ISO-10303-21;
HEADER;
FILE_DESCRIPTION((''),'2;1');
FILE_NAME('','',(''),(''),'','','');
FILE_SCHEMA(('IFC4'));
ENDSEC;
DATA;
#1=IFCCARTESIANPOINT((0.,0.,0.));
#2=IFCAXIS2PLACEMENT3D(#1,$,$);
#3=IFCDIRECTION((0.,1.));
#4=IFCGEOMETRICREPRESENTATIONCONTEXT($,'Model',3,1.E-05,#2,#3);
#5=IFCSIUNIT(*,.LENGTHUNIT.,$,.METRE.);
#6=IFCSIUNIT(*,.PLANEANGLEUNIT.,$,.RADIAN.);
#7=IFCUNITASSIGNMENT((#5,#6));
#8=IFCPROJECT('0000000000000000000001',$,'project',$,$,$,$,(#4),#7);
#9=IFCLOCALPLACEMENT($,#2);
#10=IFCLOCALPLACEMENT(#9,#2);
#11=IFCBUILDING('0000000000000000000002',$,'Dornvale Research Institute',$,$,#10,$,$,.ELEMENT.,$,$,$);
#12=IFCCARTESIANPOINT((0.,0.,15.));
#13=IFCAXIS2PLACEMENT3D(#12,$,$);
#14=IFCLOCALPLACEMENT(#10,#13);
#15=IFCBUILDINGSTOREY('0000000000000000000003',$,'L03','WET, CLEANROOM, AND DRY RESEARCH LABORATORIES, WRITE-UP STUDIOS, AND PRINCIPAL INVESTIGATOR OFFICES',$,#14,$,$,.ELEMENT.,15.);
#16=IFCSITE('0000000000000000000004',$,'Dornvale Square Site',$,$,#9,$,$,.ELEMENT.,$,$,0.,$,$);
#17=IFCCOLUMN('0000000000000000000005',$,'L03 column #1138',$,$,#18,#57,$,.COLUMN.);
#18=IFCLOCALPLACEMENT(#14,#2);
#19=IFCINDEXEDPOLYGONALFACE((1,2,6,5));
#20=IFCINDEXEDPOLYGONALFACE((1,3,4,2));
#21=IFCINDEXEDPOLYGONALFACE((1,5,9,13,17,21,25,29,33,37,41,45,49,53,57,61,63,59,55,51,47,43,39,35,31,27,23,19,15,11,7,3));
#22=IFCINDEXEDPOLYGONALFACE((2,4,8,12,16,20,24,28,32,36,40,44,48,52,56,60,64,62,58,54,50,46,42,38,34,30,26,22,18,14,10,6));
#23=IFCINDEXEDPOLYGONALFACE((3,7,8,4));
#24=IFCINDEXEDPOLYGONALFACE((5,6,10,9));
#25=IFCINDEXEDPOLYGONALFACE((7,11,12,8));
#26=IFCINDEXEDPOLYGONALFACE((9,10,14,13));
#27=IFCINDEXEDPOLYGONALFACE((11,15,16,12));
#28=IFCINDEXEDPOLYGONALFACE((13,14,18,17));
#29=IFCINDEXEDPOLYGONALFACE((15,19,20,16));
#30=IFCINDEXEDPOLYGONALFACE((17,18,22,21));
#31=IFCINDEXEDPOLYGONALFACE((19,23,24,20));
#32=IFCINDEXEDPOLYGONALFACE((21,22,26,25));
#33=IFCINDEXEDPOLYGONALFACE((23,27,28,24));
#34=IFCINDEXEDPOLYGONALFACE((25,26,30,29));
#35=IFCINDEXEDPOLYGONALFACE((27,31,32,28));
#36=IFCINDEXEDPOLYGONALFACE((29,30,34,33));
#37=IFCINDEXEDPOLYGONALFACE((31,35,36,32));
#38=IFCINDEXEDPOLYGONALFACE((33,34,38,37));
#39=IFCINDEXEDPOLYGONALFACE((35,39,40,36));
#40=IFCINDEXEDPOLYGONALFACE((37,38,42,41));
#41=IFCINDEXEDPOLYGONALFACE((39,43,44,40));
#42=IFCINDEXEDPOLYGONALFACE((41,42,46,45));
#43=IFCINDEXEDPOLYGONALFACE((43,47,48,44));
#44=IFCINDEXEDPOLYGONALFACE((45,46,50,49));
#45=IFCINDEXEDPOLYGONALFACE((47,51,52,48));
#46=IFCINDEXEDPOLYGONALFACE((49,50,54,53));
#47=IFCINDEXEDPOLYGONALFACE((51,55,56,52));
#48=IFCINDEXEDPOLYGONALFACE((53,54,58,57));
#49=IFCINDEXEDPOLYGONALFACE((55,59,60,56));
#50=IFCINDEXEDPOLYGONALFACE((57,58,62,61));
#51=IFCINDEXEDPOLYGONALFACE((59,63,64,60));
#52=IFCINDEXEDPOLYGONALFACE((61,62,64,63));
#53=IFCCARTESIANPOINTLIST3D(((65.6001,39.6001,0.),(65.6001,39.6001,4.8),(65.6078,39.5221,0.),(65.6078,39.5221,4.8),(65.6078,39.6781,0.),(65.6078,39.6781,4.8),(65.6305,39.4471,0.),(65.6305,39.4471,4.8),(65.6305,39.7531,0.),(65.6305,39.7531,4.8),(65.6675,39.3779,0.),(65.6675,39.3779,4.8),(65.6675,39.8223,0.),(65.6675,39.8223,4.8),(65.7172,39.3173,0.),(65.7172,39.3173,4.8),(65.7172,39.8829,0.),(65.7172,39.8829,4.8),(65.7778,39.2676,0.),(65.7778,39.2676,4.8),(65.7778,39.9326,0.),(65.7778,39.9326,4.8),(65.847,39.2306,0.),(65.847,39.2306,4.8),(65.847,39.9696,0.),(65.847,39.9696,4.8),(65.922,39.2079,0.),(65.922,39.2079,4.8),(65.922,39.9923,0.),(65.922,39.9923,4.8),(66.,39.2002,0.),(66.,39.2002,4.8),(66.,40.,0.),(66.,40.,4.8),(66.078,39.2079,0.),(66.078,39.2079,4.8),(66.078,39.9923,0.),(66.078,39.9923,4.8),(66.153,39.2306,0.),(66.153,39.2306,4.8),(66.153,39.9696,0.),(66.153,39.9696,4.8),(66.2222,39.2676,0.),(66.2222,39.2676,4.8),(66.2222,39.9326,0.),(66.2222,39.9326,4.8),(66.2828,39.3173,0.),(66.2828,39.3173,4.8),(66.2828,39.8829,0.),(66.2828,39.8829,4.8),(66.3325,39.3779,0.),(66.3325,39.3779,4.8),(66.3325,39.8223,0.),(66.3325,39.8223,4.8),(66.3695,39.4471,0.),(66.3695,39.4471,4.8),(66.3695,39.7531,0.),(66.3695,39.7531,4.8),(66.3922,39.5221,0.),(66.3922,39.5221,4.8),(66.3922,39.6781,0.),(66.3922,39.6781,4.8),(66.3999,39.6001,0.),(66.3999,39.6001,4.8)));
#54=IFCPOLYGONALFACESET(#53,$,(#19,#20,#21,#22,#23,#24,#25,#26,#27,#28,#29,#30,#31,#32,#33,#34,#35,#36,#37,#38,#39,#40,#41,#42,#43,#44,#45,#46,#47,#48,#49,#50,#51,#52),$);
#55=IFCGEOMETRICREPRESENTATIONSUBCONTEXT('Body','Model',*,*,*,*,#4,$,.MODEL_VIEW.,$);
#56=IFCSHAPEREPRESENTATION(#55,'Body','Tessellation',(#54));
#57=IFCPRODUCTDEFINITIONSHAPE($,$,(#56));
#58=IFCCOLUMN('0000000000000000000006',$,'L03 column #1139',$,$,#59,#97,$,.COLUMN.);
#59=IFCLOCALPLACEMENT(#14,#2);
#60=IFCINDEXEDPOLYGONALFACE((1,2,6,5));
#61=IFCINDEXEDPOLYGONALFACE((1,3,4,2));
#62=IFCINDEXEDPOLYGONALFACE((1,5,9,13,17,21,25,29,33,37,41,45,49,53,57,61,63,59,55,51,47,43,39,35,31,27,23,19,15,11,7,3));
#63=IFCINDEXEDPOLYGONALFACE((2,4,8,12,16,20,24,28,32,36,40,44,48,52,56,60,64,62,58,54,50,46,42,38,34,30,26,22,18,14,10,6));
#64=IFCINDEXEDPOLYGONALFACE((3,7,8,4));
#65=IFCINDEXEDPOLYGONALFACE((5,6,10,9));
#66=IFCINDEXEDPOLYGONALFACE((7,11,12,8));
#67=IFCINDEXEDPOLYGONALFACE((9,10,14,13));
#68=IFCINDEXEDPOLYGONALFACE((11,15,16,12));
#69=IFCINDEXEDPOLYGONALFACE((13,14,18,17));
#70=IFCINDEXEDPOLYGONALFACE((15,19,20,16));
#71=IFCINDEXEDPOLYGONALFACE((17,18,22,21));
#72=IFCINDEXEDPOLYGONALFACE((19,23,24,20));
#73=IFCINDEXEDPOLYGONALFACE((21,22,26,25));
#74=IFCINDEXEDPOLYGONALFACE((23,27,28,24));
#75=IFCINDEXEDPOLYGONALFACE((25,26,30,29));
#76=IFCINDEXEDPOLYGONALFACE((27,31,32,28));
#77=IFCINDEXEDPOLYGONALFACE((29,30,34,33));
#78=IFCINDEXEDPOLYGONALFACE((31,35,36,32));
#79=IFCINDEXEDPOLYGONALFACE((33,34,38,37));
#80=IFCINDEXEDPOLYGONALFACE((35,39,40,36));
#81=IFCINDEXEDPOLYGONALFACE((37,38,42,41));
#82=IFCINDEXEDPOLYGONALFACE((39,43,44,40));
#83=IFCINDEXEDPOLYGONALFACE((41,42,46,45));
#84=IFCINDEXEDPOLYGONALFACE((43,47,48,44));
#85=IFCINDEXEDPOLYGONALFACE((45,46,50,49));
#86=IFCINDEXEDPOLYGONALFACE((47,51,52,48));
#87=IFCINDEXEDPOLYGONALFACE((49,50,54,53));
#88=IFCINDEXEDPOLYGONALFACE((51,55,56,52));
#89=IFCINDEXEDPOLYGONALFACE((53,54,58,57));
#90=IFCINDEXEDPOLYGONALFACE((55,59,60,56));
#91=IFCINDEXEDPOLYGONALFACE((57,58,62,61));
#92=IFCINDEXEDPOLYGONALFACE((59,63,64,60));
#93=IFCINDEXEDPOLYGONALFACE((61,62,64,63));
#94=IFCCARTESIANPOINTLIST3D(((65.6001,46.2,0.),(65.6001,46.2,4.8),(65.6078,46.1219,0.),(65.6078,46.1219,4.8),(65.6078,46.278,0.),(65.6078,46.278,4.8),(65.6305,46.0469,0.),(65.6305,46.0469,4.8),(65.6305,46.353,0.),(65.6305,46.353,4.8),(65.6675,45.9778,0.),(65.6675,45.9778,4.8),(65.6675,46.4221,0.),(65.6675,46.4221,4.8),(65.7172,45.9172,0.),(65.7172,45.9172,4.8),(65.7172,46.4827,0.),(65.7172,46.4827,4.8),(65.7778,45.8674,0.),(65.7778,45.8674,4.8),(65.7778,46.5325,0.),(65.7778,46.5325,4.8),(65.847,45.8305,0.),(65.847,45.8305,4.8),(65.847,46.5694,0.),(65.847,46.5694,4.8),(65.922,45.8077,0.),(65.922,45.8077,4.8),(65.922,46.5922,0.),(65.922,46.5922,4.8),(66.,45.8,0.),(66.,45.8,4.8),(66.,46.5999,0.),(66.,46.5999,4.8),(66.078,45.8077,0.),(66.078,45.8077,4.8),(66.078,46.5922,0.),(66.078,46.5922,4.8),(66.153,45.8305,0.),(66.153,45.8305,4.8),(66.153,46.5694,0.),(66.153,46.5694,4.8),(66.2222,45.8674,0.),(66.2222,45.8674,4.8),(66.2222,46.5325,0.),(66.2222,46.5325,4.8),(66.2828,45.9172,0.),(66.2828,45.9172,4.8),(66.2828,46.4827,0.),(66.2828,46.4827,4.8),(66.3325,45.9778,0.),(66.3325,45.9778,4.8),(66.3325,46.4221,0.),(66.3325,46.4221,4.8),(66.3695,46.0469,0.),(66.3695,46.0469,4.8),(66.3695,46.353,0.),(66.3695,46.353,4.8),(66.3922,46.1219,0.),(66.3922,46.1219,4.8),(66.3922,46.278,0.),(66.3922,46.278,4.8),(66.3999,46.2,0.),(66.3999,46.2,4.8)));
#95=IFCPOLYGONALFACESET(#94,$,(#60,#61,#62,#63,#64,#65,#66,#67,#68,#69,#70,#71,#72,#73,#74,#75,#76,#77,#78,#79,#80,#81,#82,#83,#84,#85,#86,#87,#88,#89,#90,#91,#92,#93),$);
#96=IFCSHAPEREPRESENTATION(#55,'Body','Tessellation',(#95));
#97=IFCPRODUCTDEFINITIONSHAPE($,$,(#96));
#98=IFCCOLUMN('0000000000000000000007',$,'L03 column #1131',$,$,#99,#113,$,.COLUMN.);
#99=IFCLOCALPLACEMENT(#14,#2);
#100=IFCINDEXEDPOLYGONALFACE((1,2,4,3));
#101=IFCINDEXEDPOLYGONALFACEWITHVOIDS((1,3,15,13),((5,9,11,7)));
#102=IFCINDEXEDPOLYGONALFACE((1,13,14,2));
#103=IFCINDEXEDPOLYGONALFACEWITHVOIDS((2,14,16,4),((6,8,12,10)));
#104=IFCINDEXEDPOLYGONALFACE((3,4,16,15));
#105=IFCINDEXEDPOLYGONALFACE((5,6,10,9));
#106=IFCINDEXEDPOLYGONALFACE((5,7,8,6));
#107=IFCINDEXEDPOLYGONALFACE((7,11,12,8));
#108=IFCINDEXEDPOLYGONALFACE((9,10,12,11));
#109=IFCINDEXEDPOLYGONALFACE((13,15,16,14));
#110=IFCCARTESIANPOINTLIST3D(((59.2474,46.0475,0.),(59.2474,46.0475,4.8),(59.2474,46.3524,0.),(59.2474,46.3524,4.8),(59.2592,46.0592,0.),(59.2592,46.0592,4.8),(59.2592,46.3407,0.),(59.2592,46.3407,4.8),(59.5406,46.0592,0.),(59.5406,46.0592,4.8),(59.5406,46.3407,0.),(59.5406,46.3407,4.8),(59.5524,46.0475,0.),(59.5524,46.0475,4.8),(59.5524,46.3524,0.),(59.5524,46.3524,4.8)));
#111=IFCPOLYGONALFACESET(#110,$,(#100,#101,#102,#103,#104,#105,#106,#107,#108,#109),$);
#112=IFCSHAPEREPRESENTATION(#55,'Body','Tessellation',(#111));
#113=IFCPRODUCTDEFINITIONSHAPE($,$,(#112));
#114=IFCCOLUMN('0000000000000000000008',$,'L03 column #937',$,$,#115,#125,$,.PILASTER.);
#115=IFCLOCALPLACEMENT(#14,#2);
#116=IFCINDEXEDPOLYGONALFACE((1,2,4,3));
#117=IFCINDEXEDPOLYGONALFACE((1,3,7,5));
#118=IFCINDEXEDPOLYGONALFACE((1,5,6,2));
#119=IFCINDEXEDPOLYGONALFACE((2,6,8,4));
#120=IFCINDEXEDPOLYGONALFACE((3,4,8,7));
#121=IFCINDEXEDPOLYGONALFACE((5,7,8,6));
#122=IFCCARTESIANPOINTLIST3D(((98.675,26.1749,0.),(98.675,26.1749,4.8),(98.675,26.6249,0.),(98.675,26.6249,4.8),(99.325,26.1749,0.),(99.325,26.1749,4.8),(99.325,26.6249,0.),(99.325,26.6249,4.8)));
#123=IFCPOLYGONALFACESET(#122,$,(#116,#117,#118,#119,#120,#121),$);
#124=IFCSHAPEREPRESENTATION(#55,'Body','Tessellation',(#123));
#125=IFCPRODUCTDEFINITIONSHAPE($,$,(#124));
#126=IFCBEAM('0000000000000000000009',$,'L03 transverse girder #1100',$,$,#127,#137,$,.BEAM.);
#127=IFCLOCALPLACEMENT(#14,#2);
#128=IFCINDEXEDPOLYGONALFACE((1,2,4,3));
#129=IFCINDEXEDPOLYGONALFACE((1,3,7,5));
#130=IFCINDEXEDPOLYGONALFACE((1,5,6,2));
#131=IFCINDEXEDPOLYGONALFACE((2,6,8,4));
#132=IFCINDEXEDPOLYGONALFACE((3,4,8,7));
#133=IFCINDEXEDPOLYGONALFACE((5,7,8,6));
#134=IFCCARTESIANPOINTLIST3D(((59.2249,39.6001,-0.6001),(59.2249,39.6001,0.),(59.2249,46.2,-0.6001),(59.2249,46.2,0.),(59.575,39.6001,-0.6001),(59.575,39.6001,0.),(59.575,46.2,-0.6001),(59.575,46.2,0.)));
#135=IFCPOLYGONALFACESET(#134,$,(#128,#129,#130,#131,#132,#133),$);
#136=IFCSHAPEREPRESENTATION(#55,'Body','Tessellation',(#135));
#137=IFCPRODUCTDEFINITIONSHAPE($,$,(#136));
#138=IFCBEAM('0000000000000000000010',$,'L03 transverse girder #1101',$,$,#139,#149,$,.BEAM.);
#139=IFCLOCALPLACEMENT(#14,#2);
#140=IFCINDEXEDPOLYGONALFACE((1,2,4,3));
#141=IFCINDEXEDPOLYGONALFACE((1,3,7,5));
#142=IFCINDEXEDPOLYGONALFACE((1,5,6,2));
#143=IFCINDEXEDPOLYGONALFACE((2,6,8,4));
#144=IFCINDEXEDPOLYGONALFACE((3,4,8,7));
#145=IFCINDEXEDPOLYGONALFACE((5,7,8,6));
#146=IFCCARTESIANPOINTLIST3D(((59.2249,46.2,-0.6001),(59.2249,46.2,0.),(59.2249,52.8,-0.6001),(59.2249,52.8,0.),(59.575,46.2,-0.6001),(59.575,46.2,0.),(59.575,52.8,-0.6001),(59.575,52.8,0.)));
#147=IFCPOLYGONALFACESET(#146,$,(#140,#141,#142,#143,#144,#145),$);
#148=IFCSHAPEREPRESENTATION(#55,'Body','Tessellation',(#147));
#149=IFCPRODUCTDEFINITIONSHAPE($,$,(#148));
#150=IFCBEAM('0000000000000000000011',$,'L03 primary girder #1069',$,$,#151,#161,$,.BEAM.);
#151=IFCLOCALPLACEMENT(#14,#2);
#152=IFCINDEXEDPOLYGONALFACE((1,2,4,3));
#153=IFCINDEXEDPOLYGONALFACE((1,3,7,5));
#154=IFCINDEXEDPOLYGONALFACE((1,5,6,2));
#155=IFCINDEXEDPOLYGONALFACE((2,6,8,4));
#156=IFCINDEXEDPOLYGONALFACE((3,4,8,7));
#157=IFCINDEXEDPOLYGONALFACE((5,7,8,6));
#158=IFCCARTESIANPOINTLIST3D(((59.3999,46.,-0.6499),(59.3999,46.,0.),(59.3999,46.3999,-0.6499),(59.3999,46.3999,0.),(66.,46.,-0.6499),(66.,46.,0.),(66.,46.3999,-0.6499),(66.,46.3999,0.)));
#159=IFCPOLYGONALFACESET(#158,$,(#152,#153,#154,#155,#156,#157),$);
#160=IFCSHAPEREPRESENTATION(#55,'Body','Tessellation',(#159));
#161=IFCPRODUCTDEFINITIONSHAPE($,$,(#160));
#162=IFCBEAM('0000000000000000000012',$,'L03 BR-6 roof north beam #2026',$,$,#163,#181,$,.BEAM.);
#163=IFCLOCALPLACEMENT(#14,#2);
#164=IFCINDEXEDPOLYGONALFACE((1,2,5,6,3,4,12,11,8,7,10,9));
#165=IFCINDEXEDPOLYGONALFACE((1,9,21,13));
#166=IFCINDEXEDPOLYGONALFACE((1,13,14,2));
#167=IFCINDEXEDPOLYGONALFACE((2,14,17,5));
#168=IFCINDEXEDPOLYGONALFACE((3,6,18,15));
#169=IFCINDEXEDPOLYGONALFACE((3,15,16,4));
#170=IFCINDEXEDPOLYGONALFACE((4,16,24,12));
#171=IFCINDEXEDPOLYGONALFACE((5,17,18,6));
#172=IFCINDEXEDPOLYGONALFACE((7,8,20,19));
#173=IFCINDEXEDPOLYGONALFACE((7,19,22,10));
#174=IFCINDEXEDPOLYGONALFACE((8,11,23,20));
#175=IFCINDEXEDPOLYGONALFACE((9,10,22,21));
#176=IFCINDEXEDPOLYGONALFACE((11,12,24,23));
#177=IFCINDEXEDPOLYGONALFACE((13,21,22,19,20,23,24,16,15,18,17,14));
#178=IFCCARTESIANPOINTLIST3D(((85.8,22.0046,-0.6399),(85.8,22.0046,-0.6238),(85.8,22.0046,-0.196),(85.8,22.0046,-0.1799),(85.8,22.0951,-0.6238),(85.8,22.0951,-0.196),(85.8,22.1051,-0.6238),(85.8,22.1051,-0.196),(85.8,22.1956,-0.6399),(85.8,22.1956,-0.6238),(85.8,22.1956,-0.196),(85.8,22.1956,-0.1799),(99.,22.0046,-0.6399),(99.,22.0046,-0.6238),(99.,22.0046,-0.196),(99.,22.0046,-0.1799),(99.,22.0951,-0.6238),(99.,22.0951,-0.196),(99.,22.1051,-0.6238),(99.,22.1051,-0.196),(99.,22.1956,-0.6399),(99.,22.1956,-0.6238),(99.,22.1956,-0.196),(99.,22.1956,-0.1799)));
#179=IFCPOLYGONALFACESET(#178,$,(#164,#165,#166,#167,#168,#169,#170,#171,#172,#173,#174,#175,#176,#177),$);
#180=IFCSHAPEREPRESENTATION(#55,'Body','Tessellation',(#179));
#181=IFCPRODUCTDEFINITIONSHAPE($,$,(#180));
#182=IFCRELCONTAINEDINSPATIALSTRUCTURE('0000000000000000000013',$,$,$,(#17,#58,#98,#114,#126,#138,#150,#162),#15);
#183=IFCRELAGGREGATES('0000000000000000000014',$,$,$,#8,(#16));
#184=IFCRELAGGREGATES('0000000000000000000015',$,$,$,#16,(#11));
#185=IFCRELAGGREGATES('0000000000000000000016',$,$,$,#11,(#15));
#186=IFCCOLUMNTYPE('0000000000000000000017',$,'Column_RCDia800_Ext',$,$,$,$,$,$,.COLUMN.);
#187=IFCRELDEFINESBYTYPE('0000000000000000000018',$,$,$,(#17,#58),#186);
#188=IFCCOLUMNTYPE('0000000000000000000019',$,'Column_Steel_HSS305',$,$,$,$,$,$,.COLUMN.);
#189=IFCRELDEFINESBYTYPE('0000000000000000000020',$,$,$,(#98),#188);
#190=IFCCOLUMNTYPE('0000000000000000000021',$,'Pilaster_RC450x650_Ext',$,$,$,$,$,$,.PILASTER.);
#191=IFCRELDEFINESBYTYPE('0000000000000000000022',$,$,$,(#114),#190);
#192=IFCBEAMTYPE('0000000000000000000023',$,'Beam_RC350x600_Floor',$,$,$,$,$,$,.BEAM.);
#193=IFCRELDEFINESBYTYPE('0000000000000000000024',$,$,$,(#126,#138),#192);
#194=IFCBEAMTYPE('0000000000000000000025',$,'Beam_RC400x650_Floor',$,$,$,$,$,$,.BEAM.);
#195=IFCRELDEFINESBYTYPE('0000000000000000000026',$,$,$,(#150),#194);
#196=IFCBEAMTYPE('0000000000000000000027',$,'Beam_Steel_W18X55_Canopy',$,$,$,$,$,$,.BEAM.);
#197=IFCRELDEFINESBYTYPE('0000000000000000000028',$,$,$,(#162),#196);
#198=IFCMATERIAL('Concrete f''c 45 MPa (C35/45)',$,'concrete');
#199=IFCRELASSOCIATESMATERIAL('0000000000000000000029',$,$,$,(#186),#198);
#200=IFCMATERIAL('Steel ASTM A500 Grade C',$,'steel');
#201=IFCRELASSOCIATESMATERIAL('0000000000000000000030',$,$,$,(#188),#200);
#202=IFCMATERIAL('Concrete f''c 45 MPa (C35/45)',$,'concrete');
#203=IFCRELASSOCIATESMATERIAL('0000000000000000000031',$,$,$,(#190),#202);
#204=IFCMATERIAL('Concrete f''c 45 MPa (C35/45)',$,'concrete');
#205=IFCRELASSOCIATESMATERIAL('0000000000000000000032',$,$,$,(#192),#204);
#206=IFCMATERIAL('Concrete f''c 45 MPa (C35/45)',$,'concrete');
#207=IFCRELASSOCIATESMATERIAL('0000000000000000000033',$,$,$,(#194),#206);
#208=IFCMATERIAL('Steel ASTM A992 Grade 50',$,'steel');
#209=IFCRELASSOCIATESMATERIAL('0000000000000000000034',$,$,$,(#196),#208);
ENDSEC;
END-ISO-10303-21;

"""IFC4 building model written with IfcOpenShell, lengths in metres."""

from ifc_helpers import new_model, si_unit, direction, frame, origin, origin_2d, place, context, subcontext, project, spatial, rectangle, hollow_rectangle, circle, i_section, extrude, material, material_profile, profile_set, type_object, element, save


model = new_model("IFC4")

# Units and contexts
model_context = context("Model", 3, precision=1e-05, world=origin(), true_north=direction((0.0, 1.0)))
body_context = subcontext(model_context, "Body", "Model", "MODEL_VIEW")
ifc_project = project(units=[si_unit("LENGTHUNIT", "METRE"), si_unit("PLANEANGLEUNIT", "RADIAN")], contexts=[model_context])

# Site, building, storey
site_placement = place(None, origin())
site = spatial("IfcSite", under=ifc_project, at=site_placement, Name="Dornvale Square Site", CompositionType="ELEMENT", RefElevation=0.0)
building_placement = place(site_placement, origin())
building = spatial("IfcBuilding", under=site, at=building_placement, Name="Dornvale Research Institute", CompositionType="ELEMENT")
storey_placement = place(building_placement, frame((0.0, 0.0, 15.0)))
storey = spatial("IfcBuildingStorey", under=building, at=storey_placement, Name="L03", Description="WET, CLEANROOM, AND DRY RESEARCH LABORATORIES, WRITE-UP STUDIOS, AND PRINCIPAL INVESTIGATOR OFFICES", CompositionType="ELEMENT", Elevation=15.0)

# Columns
ifc_material_1 = material(Name="Concrete f'c 45 MPa (C35/45)", Category="concrete")
ifc_material_profile_1 = material_profile(ifc_material_1, circle(Radius=0.3999, at=origin_2d()), Name="RC DIA 800")
ifc_profile_set_1 = profile_set([ifc_material_profile_1], Name="Concrete f'c 45 MPa (C35/45)")
column_type_1 = type_object("IfcColumnType", Name="Column_RCDia800_Ext", PredefinedType="COLUMN", material=ifc_profile_set_1)
for number, where, z_axis, x_axis, name in (
    (1, (66.0, 39.6001, 0.0), (0.0, 0.0, 1.0), (1.0, 0.0, 0.0), "L03 column #1138"),
    (2, (66.0, 46.2, 0.0), (0.0, 0.0, 1.0), (1.0, 0.0, 0.0), "L03 column #1139"),
):
    element("IfcColumn", number, at=place(storey_placement, frame(where, z_axis=z_axis, x_axis=x_axis)), inside=storey, type_object=column_type_1, Name=name, PredefinedType="COLUMN", context=body_context, shape_type="SweptSolid", body=[
        extrude(circle(Radius=0.3999, at=origin_2d()), origin(), (0.0, 0.0, 1.0), 4.8),
    ])
ifc_material_2 = material(Name="Steel ASTM A500 Grade C", Category="steel")
ifc_material_profile_2 = material_profile(ifc_material_2, hollow_rectangle(XDim=0.3049, YDim=0.3049, WallThickness=0.0117, at=origin_2d()), Name="HSS305X305X12.7")
ifc_profile_set_2 = profile_set([ifc_material_profile_2], Name="Steel ASTM A500 Grade C")
column_type_2 = type_object("IfcColumnType", Name="Column_Steel_HSS305", PredefinedType="COLUMN", material=ifc_profile_set_2)
column_1_placement = place(storey_placement, frame((59.3999, 46.2, 0.0), z_axis=(0.0, 0.0, 1.0), x_axis=(1.0, 0.0, 0.0)))
element("IfcColumn", 3, at=column_1_placement, inside=storey, type_object=column_type_2, Name="L03 column #1131", PredefinedType="COLUMN", context=body_context, shape_type="SweptSolid", body=[
    extrude(hollow_rectangle(XDim=0.3049, YDim=0.3049, WallThickness=0.0117, at=origin_2d()), origin(), (0.0, 0.0, 1.0), 4.8),
])
ifc_material_3 = material(Name="Concrete f'c 45 MPa (C35/45)", Category="concrete")
ifc_material_profile_3 = material_profile(ifc_material_3, rectangle(XDim=0.45, YDim=0.6499, at=origin_2d()), Name="RC 450x650")
ifc_profile_set_3 = profile_set([ifc_material_profile_3], Name="Concrete f'c 45 MPa (C35/45)")
column_type_3 = type_object("IfcColumnType", Name="Pilaster_RC450x650_Ext", PredefinedType="PILASTER", material=ifc_profile_set_3)
column_2_placement = place(storey_placement, frame((99.0, 26.3999, 0.0), z_axis=(0.0, 0.0, 1.0), x_axis=(0.0, 1.0, 0.0)))
element("IfcColumn", 4, at=column_2_placement, inside=storey, type_object=column_type_3, Name="L03 column #937", PredefinedType="PILASTER", context=body_context, shape_type="SweptSolid", body=[
    extrude(rectangle(XDim=0.45, YDim=0.6499, at=origin_2d()), origin(), (0.0, 0.0, 1.0), 4.8),
])

# Beams
ifc_material_4 = material(Name="Concrete f'c 45 MPa (C35/45)", Category="concrete")
ifc_material_profile_4 = material_profile(ifc_material_4, rectangle(XDim=0.3501, YDim=0.6001, at=origin_2d()), Name="RC 350x600")
ifc_profile_set_4 = profile_set([ifc_material_profile_4], Name="Concrete f'c 45 MPa (C35/45)")
beam_type_1 = type_object("IfcBeamType", Name="Beam_RC350x600_Floor", PredefinedType="BEAM", material=ifc_profile_set_4)
beam_1_placement = place(storey_placement, frame((59.3999, 39.6001, -0.3), z_axis=(0.0, 1.0, 0.0), x_axis=(-1.0, 0.0, 0.0)))
element("IfcBeam", 5, at=beam_1_placement, inside=storey, type_object=beam_type_1, Name="L03 transverse girder #1100", PredefinedType="BEAM", context=body_context, shape_type="SweptSolid", body=[
    extrude(rectangle(XDim=0.3501, YDim=0.6001, at=origin_2d()), origin(), (0.0, 0.0, 1.0), 6.5999),
])
beam_2_placement = place(storey_placement, frame((59.3999, 46.2, -0.3), z_axis=(0.0, 1.0, 0.0), x_axis=(-1.0, 0.0, 0.0)))
element("IfcBeam", 6, at=beam_2_placement, inside=storey, type_object=beam_type_1, Name="L03 transverse girder #1101", PredefinedType="BEAM", context=body_context, shape_type="SweptSolid", body=[
    extrude(rectangle(XDim=0.3501, YDim=0.6001, at=origin_2d()), origin(), (0.0, 0.0, 1.0), 6.6001),
])
ifc_material_5 = material(Name="Concrete f'c 45 MPa (C35/45)", Category="concrete")
ifc_material_profile_5 = material_profile(ifc_material_5, rectangle(XDim=0.3999, YDim=0.6499, at=origin_2d()), Name="RC 400x650")
ifc_profile_set_5 = profile_set([ifc_material_profile_5], Name="Concrete f'c 45 MPa (C35/45)")
beam_type_2 = type_object("IfcBeamType", Name="Beam_RC400x650_Floor", PredefinedType="BEAM", material=ifc_profile_set_5)
beam_3_placement = place(storey_placement, frame((59.3999, 46.2, -0.325), z_axis=(1.0, 0.0, 0.0), x_axis=(0.0, 1.0, 0.0)))
element("IfcBeam", 7, at=beam_3_placement, inside=storey, type_object=beam_type_2, Name="L03 primary girder #1069", PredefinedType="BEAM", context=body_context, shape_type="SweptSolid", body=[
    extrude(rectangle(XDim=0.3999, YDim=0.6499, at=origin_2d()), origin(), (0.0, 0.0, 1.0), 6.6001),
])
ifc_material_6 = material(Name="Steel ASTM A992 Grade 50", Category="steel")
ifc_material_profile_6 = material_profile(ifc_material_6, i_section(OverallWidth=0.1909, OverallDepth=0.46, WebThickness=0.01, FlangeThickness=0.0161, at=origin_2d()), Name="W18X55")
ifc_profile_set_6 = profile_set([ifc_material_profile_6], Name="Steel ASTM A992 Grade 50")
beam_type_3 = type_object("IfcBeamType", Name="Beam_Steel_W18X55_Canopy", PredefinedType="BEAM", material=ifc_profile_set_6)
beam_4_placement = place(storey_placement, frame((85.8, 22.1001, -0.4099), z_axis=(1.0, 0.0, 0.0), x_axis=(0.0, 1.0, 0.0)))
element("IfcBeam", 8, at=beam_4_placement, inside=storey, type_object=beam_type_3, Name="L03 BR-6 roof north beam #2026", PredefinedType="BEAM", context=body_context, shape_type="SweptSolid", body=[
    extrude(i_section(OverallWidth=0.1909, OverallDepth=0.46, WebThickness=0.01, FlangeThickness=0.0161, at=origin_2d()), origin(), (0.0, 0.0, 1.0), 13.2),
])

save(model, "model.ifc")
